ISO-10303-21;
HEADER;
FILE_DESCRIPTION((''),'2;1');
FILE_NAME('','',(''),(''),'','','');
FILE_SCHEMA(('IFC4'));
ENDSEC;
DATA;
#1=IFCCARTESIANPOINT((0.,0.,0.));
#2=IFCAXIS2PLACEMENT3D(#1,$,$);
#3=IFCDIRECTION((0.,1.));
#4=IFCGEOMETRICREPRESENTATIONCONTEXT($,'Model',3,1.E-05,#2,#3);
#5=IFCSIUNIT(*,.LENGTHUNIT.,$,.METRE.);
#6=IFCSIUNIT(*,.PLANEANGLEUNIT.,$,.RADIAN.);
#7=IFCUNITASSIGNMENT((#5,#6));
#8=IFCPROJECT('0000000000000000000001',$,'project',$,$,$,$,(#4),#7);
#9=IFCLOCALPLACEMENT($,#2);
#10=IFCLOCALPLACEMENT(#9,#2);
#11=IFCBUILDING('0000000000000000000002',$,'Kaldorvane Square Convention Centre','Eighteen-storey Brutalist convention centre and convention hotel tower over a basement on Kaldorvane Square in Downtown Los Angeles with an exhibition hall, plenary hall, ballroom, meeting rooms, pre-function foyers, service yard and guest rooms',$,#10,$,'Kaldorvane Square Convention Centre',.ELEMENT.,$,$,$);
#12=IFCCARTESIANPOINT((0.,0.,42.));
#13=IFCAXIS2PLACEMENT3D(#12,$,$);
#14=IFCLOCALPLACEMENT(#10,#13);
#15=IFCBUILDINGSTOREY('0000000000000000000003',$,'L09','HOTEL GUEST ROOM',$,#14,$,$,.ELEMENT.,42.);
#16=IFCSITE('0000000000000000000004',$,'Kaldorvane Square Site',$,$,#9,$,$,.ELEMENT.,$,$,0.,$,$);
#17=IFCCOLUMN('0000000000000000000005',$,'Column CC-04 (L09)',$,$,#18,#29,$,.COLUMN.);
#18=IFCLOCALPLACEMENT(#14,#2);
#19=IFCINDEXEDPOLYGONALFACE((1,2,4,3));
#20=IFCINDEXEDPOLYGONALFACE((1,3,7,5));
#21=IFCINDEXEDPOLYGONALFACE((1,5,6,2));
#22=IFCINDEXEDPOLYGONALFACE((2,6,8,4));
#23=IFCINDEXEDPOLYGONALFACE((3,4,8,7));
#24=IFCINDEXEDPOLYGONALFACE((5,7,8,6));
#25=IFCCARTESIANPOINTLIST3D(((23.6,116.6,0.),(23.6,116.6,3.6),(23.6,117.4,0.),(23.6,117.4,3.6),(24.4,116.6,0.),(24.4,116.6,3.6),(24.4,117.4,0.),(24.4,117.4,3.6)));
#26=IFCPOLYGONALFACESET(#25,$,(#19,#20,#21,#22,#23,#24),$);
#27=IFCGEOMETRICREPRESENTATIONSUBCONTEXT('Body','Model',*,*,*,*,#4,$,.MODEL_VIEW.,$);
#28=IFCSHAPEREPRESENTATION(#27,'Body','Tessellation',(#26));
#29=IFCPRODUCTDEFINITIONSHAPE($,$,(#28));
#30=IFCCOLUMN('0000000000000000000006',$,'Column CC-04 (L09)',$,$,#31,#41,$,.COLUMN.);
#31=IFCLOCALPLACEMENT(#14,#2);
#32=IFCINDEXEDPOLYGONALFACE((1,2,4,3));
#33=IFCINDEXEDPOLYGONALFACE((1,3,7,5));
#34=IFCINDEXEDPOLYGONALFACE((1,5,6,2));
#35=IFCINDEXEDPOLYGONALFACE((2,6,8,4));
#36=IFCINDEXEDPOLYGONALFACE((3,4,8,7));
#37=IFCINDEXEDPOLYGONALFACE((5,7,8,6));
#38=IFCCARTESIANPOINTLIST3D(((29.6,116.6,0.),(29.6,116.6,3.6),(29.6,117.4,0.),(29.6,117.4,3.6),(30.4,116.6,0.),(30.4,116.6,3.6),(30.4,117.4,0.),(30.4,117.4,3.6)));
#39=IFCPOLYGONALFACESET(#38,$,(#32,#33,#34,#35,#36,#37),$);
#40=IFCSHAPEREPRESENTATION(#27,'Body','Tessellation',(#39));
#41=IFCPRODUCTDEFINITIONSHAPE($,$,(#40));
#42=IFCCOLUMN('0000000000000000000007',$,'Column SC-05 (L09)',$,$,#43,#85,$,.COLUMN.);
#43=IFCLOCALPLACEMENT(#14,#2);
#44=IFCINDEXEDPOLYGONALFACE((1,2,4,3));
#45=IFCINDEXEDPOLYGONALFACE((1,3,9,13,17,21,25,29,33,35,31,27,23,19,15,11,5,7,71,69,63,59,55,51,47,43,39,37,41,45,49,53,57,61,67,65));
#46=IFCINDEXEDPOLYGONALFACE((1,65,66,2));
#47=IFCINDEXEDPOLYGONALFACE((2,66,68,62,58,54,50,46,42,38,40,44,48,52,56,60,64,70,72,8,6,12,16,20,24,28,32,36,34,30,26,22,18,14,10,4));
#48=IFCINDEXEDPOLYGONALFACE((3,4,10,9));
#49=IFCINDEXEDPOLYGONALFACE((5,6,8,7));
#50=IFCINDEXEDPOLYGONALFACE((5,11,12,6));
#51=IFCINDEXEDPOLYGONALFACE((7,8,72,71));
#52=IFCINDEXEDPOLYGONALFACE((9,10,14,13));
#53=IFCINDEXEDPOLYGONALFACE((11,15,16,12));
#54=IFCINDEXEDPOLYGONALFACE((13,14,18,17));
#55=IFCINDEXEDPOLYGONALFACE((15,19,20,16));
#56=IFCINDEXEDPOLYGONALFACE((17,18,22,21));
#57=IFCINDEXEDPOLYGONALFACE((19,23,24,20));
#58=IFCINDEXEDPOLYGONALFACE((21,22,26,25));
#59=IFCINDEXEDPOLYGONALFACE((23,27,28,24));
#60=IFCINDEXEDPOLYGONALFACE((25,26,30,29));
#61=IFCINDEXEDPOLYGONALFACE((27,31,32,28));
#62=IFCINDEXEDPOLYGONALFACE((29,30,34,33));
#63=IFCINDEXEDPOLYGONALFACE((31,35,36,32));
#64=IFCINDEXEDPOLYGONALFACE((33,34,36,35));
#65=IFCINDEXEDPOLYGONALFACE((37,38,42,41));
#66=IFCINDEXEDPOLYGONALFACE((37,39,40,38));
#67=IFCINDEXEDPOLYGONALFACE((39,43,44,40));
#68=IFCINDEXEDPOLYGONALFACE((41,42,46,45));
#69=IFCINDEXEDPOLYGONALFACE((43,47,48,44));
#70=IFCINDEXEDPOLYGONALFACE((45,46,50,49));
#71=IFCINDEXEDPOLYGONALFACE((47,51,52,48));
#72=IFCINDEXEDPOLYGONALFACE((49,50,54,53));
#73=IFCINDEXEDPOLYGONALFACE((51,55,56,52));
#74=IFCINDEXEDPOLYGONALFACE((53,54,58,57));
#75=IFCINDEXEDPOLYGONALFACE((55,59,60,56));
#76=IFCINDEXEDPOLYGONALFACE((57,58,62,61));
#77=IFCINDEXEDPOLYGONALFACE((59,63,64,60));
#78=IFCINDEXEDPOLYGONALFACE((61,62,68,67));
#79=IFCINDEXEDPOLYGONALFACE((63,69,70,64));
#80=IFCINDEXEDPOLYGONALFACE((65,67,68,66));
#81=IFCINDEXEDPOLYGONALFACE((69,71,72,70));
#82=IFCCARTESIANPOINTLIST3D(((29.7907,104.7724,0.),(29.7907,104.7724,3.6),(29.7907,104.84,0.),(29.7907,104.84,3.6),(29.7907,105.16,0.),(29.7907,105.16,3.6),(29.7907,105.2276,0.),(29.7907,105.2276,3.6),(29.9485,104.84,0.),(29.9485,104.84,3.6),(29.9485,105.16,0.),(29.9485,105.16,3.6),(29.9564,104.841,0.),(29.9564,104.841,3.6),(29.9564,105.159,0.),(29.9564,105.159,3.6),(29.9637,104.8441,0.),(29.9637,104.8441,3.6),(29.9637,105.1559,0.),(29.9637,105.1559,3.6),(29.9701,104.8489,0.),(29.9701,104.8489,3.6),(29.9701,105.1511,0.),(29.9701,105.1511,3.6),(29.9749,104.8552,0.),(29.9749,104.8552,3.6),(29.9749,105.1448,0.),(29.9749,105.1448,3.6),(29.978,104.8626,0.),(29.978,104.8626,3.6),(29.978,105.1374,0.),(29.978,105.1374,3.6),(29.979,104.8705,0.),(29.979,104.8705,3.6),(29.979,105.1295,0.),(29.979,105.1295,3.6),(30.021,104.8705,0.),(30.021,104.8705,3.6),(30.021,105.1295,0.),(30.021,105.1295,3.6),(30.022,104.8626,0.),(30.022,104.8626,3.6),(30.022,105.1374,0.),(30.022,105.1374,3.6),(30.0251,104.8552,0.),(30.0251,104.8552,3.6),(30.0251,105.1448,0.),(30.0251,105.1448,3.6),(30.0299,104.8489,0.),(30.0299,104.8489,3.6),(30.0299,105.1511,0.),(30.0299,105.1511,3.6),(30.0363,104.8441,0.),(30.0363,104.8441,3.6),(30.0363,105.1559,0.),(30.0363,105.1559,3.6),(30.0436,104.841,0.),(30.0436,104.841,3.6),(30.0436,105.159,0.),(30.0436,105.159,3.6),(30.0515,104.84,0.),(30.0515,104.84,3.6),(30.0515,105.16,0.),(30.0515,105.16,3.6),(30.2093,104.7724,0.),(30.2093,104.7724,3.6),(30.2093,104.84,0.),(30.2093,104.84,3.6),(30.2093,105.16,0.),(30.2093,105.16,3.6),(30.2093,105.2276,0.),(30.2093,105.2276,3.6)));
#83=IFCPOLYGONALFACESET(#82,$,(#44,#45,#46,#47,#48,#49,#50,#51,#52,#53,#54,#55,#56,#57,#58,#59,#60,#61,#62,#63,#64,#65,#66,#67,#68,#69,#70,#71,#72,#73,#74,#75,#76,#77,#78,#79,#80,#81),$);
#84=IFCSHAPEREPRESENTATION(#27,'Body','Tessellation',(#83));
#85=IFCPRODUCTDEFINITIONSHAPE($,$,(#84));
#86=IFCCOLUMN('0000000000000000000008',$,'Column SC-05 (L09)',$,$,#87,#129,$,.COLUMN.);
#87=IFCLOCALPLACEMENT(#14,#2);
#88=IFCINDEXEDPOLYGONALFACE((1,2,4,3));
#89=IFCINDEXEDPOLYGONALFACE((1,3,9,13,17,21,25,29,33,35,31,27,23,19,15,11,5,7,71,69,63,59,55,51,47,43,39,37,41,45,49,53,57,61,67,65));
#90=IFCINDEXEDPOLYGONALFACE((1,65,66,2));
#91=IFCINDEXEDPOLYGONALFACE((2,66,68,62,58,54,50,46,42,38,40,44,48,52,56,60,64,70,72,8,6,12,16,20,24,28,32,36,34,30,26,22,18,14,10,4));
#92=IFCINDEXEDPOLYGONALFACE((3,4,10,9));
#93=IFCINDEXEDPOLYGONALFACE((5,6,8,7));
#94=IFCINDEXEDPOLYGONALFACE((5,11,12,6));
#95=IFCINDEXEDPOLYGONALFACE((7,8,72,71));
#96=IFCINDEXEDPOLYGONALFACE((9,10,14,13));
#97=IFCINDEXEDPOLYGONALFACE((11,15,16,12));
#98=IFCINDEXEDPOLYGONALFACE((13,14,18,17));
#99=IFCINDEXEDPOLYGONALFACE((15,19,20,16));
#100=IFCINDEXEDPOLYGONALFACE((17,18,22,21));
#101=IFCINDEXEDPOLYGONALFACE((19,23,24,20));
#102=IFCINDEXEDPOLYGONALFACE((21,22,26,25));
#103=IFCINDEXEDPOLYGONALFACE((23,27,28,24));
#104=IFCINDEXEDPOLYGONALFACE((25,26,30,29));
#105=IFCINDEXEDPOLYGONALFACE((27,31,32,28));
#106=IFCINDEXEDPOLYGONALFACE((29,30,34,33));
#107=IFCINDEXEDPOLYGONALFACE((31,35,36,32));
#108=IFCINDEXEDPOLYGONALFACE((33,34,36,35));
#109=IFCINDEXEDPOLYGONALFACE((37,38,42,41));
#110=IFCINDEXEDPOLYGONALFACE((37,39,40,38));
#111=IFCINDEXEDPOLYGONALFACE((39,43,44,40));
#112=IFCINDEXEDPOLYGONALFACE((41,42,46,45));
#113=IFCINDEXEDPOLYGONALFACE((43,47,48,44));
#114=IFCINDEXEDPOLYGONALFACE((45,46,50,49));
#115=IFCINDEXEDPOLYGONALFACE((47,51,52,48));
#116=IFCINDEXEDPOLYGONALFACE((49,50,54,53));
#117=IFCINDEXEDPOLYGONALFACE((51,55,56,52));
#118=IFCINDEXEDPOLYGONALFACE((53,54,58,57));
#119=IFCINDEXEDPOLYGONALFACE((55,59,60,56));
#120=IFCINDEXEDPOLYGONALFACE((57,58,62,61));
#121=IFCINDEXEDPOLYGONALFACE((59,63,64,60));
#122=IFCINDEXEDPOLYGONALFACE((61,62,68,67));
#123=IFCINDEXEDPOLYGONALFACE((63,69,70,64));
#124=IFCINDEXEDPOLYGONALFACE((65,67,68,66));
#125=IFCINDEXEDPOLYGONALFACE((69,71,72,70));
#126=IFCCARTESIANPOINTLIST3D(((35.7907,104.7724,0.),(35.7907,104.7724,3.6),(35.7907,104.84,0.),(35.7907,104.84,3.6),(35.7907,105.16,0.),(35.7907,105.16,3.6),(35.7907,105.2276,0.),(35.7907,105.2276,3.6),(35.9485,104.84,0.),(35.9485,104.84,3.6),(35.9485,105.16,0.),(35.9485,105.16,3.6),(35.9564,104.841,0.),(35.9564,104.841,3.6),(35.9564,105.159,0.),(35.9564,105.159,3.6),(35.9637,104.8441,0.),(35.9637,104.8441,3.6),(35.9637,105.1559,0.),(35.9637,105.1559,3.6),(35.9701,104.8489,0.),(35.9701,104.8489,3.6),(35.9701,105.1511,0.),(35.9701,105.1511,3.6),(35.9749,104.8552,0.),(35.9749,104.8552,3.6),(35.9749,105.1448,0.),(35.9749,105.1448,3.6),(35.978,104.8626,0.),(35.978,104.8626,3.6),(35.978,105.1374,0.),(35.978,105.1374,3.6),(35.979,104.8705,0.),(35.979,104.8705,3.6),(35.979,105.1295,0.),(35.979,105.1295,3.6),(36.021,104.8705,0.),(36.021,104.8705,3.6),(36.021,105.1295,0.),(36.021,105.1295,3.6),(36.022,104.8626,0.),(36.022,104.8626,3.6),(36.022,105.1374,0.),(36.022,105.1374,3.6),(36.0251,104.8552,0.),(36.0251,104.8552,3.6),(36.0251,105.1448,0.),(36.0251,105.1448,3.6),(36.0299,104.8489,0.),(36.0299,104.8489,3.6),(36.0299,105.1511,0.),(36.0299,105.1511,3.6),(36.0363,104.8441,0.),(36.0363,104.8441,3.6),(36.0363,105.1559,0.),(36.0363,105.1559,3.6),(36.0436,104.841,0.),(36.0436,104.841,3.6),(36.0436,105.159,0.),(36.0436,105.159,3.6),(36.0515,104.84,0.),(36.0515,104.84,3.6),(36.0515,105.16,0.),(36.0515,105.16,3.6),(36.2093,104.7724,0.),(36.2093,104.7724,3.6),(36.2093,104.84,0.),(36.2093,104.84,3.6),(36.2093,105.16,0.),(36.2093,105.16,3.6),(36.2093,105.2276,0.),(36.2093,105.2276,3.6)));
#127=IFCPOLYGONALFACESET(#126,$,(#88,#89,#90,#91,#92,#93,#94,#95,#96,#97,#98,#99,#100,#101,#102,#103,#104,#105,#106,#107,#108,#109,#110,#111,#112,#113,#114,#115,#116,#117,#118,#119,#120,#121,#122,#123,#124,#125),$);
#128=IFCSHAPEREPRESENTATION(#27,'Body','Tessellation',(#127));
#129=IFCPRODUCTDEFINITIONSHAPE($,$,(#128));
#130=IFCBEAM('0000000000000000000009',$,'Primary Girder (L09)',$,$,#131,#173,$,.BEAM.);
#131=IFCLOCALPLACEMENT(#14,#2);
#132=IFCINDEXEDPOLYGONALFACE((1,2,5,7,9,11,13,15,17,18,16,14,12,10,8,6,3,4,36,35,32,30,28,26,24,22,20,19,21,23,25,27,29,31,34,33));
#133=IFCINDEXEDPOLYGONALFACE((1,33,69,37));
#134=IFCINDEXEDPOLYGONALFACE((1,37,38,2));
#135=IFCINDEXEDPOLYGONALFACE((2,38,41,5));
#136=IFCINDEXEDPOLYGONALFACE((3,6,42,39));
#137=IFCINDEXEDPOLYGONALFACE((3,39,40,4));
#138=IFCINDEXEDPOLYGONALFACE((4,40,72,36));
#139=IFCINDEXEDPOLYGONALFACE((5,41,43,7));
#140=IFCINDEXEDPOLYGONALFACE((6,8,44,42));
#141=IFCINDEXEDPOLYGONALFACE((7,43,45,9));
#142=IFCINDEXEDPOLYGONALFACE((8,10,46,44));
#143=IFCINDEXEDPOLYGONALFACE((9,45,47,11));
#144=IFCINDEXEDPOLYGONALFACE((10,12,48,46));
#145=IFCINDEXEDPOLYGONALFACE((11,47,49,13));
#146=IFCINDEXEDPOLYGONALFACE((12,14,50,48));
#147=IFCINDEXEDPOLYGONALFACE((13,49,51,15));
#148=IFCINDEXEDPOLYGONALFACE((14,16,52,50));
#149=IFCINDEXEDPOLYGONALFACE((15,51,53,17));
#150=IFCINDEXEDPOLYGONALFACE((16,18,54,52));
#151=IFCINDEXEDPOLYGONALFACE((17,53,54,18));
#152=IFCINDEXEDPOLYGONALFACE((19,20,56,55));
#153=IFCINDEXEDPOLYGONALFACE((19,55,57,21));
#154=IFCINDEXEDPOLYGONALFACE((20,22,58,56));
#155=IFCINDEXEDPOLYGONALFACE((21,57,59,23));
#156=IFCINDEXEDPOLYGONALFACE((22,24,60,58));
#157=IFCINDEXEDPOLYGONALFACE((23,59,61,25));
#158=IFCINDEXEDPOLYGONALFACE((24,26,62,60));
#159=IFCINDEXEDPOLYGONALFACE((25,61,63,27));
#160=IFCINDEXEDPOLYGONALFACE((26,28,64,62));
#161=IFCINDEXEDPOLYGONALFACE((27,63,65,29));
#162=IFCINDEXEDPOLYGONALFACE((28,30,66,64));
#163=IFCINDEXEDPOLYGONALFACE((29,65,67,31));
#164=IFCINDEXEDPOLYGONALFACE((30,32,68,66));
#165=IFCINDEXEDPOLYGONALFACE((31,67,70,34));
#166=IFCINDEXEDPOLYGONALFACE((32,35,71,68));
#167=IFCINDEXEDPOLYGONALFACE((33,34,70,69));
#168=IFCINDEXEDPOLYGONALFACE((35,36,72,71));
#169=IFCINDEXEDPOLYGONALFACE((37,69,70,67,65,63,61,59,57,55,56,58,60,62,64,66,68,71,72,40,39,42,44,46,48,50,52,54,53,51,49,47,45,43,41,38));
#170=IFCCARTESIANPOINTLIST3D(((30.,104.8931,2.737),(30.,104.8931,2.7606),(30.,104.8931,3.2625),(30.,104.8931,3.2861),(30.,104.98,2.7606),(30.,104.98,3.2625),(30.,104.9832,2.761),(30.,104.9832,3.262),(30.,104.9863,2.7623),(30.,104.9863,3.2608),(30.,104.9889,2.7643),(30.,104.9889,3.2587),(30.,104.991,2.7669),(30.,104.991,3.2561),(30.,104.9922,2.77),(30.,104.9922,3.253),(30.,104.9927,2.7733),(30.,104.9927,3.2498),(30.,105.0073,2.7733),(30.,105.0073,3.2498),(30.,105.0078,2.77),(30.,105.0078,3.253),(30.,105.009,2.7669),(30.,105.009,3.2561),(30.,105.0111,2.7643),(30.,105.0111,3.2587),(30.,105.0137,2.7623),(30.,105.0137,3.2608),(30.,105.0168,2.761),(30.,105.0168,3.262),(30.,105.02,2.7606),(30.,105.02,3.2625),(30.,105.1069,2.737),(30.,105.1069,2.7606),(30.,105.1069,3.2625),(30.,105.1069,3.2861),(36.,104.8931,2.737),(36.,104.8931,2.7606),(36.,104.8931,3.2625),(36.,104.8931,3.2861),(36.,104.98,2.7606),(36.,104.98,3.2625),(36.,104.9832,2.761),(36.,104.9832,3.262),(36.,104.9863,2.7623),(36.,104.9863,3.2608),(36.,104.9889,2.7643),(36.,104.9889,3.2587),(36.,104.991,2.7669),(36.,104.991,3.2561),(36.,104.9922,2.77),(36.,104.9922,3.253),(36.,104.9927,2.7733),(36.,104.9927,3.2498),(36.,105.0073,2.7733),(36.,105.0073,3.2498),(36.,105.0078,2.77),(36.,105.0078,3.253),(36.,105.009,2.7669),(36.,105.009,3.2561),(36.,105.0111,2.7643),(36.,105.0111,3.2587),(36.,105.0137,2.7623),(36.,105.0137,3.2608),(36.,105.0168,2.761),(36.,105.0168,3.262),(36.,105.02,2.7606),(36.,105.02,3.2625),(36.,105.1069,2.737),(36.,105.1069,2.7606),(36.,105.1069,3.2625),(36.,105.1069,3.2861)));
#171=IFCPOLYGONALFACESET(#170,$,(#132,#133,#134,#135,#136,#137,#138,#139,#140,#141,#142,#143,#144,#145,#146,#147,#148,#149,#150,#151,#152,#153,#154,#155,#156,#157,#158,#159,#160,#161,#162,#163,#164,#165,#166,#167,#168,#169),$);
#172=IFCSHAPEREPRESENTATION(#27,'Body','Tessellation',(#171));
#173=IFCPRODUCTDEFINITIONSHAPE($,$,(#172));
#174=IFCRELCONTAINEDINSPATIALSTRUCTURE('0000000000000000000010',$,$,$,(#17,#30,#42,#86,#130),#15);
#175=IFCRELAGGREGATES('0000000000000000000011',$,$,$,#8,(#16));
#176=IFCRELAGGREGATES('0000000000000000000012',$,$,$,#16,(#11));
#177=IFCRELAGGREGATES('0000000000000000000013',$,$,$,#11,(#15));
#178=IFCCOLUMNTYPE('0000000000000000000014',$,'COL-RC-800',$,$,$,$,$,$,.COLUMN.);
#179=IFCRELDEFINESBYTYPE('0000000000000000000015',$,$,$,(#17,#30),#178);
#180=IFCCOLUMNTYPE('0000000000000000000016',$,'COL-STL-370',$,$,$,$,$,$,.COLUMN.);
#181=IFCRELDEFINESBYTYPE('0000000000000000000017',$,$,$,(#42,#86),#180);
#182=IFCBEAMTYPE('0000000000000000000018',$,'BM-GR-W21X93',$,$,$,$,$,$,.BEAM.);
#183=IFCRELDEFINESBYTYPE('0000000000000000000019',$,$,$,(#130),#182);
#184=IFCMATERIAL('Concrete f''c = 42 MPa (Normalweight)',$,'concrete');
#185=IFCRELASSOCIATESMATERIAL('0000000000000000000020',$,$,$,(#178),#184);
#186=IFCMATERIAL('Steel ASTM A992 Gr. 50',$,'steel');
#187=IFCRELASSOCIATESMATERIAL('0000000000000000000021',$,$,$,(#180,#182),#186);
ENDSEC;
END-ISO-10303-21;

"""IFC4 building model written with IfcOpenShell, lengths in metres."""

from ifc_helpers import new_model, si_unit, direction, frame, origin, origin_2d, place, context, subcontext, project, spatial, rectangle, i_section, extrude, material, material_profile, profile_set, type_object, element, save


model = new_model("IFC4")

# Units and contexts
model_context = context("Model", 3, precision=1e-05, world=origin(), true_north=direction((0.0, 1.0)))
body_context = subcontext(model_context, "Body", "Model", "MODEL_VIEW")
ifc_project = project(units=[si_unit("LENGTHUNIT", "METRE"), si_unit("PLANEANGLEUNIT", "RADIAN")], contexts=[model_context])

# Site, building, storey
site_placement = place(None, origin())
site = spatial("IfcSite", under=ifc_project, at=site_placement, Name="Kaldorvane Square Site", CompositionType="ELEMENT", RefElevation=0.0)
building_placement = place(site_placement, origin())
building = spatial("IfcBuilding", under=site, at=building_placement, Name="Kaldorvane Square Convention Centre", Description="Eighteen-storey Brutalist convention centre and convention hotel tower over a basement on Kaldorvane Square in Downtown Los Angeles with an exhibition hall, plenary hall, ballroom, meeting rooms, pre-function foyers, service yard and guest rooms", LongName="Kaldorvane Square Convention Centre", CompositionType="ELEMENT")
storey_placement = place(building_placement, frame((0.0, 0.0, 42.0)))
storey = spatial("IfcBuildingStorey", under=building, at=storey_placement, Name="L09", Description="HOTEL GUEST ROOM", CompositionType="ELEMENT", Elevation=42.0)

# Columns
ifc_material_1 = material(Name="Concrete f'c = 42 MPa (Normalweight)", Category="concrete")
ifc_material_profile_1 = material_profile(ifc_material_1, rectangle(XDim=0.8, YDim=0.8, at=origin_2d()), Name="RC800X800")
ifc_profile_set_1 = profile_set([ifc_material_profile_1], Name="Concrete f'c = 42 MPa (Normalweight)")
column_type_1 = type_object("IfcColumnType", Name="COL-RC-800", PredefinedType="COLUMN", material=ifc_profile_set_1)
for number, where, z_axis, x_axis, name in (
    (1, (24.0, 117.0, 0.0), (0.0, 0.0, 1.0), (1.0, 0.0, 0.0), "Column CC-04 (L09)"),
    (2, (30.0, 117.0, 0.0), (0.0, 0.0, 1.0), (1.0, 0.0, 0.0), "Column CC-04 (L09)"),
):
    element("IfcColumn", number, at=place(storey_placement, frame(where, z_axis=z_axis, x_axis=x_axis)), inside=storey, type_object=column_type_1, Name=name, PredefinedType="COLUMN", context=body_context, shape_type="SweptSolid", body=[
        extrude(rectangle(XDim=0.8, YDim=0.8, at=origin_2d()), origin(), (0.0, 0.0, 1.0), 3.6),
    ])
ifc_material_2 = material(Name="Steel ASTM A992 Gr. 50", Category="steel")
ifc_material_profile_2 = material_profile(ifc_material_2, i_section(OverallWidth=0.4185, OverallDepth=0.4552, WebThickness=0.042, FlangeThickness=0.0676, FilletRadius=0.0305, at=origin_2d()), Name="W14X370")
ifc_profile_set_2 = profile_set([ifc_material_profile_2], Name="Steel ASTM A992 Gr. 50")
column_type_2 = type_object("IfcColumnType", Name="COL-STL-370", PredefinedType="COLUMN", material=ifc_profile_set_2)
for number, where, z_axis, x_axis, name in (
    (3, (30.0, 105.0, 0.0), (0.0, 0.0, 1.0), (1.0, 0.0, 0.0), "Column SC-05 (L09)"),
    (4, (36.0, 105.0, 0.0), (0.0, 0.0, 1.0), (1.0, 0.0, 0.0), "Column SC-05 (L09)"),
):
    element("IfcColumn", number, at=place(storey_placement, frame(where, z_axis=z_axis, x_axis=x_axis)), inside=storey, type_object=column_type_2, Name=name, PredefinedType="COLUMN", context=body_context, shape_type="SweptSolid", body=[
        extrude(i_section(OverallWidth=0.4185, OverallDepth=0.4552, WebThickness=0.042, FlangeThickness=0.0676, FilletRadius=0.0305, at=origin_2d()), origin(), (0.0, 0.0, 1.0), 3.6),
    ])

# Beam
ifc_material_profile_3 = material_profile(ifc_material_2, i_section(OverallWidth=0.2139, OverallDepth=0.5491, WebThickness=0.0147, FlangeThickness=0.0236, FilletRadius=0.0127, at=origin_2d()), Name="W21X93")
ifc_profile_set_3 = profile_set([ifc_material_profile_3], Name="Steel ASTM A992 Gr. 50")
beam_type_1 = type_object("IfcBeamType", Name="BM-GR-W21X93", PredefinedType="BEAM", material=ifc_profile_set_3)
for number, where, z_axis, x_axis, name in (
    (5, (30.0, 105.0, 3.0115), (1.0, 0.0, 0.0), (0.0, 1.0, 0.0), "Primary Girder (L09)"),
):
    element("IfcBeam", number, at=place(storey_placement, frame(where, z_axis=z_axis, x_axis=x_axis)), inside=storey, type_object=beam_type_1, Name=name, PredefinedType="BEAM", context=body_context, shape_type="SweptSolid", body=[
        extrude(i_section(OverallWidth=0.2139, OverallDepth=0.5491, WebThickness=0.0147, FlangeThickness=0.0236, FilletRadius=0.0127, at=origin_2d()), origin(), (0.0, 0.0, 1.0), 6.0),
    ])

save(model, "model.ifc")
